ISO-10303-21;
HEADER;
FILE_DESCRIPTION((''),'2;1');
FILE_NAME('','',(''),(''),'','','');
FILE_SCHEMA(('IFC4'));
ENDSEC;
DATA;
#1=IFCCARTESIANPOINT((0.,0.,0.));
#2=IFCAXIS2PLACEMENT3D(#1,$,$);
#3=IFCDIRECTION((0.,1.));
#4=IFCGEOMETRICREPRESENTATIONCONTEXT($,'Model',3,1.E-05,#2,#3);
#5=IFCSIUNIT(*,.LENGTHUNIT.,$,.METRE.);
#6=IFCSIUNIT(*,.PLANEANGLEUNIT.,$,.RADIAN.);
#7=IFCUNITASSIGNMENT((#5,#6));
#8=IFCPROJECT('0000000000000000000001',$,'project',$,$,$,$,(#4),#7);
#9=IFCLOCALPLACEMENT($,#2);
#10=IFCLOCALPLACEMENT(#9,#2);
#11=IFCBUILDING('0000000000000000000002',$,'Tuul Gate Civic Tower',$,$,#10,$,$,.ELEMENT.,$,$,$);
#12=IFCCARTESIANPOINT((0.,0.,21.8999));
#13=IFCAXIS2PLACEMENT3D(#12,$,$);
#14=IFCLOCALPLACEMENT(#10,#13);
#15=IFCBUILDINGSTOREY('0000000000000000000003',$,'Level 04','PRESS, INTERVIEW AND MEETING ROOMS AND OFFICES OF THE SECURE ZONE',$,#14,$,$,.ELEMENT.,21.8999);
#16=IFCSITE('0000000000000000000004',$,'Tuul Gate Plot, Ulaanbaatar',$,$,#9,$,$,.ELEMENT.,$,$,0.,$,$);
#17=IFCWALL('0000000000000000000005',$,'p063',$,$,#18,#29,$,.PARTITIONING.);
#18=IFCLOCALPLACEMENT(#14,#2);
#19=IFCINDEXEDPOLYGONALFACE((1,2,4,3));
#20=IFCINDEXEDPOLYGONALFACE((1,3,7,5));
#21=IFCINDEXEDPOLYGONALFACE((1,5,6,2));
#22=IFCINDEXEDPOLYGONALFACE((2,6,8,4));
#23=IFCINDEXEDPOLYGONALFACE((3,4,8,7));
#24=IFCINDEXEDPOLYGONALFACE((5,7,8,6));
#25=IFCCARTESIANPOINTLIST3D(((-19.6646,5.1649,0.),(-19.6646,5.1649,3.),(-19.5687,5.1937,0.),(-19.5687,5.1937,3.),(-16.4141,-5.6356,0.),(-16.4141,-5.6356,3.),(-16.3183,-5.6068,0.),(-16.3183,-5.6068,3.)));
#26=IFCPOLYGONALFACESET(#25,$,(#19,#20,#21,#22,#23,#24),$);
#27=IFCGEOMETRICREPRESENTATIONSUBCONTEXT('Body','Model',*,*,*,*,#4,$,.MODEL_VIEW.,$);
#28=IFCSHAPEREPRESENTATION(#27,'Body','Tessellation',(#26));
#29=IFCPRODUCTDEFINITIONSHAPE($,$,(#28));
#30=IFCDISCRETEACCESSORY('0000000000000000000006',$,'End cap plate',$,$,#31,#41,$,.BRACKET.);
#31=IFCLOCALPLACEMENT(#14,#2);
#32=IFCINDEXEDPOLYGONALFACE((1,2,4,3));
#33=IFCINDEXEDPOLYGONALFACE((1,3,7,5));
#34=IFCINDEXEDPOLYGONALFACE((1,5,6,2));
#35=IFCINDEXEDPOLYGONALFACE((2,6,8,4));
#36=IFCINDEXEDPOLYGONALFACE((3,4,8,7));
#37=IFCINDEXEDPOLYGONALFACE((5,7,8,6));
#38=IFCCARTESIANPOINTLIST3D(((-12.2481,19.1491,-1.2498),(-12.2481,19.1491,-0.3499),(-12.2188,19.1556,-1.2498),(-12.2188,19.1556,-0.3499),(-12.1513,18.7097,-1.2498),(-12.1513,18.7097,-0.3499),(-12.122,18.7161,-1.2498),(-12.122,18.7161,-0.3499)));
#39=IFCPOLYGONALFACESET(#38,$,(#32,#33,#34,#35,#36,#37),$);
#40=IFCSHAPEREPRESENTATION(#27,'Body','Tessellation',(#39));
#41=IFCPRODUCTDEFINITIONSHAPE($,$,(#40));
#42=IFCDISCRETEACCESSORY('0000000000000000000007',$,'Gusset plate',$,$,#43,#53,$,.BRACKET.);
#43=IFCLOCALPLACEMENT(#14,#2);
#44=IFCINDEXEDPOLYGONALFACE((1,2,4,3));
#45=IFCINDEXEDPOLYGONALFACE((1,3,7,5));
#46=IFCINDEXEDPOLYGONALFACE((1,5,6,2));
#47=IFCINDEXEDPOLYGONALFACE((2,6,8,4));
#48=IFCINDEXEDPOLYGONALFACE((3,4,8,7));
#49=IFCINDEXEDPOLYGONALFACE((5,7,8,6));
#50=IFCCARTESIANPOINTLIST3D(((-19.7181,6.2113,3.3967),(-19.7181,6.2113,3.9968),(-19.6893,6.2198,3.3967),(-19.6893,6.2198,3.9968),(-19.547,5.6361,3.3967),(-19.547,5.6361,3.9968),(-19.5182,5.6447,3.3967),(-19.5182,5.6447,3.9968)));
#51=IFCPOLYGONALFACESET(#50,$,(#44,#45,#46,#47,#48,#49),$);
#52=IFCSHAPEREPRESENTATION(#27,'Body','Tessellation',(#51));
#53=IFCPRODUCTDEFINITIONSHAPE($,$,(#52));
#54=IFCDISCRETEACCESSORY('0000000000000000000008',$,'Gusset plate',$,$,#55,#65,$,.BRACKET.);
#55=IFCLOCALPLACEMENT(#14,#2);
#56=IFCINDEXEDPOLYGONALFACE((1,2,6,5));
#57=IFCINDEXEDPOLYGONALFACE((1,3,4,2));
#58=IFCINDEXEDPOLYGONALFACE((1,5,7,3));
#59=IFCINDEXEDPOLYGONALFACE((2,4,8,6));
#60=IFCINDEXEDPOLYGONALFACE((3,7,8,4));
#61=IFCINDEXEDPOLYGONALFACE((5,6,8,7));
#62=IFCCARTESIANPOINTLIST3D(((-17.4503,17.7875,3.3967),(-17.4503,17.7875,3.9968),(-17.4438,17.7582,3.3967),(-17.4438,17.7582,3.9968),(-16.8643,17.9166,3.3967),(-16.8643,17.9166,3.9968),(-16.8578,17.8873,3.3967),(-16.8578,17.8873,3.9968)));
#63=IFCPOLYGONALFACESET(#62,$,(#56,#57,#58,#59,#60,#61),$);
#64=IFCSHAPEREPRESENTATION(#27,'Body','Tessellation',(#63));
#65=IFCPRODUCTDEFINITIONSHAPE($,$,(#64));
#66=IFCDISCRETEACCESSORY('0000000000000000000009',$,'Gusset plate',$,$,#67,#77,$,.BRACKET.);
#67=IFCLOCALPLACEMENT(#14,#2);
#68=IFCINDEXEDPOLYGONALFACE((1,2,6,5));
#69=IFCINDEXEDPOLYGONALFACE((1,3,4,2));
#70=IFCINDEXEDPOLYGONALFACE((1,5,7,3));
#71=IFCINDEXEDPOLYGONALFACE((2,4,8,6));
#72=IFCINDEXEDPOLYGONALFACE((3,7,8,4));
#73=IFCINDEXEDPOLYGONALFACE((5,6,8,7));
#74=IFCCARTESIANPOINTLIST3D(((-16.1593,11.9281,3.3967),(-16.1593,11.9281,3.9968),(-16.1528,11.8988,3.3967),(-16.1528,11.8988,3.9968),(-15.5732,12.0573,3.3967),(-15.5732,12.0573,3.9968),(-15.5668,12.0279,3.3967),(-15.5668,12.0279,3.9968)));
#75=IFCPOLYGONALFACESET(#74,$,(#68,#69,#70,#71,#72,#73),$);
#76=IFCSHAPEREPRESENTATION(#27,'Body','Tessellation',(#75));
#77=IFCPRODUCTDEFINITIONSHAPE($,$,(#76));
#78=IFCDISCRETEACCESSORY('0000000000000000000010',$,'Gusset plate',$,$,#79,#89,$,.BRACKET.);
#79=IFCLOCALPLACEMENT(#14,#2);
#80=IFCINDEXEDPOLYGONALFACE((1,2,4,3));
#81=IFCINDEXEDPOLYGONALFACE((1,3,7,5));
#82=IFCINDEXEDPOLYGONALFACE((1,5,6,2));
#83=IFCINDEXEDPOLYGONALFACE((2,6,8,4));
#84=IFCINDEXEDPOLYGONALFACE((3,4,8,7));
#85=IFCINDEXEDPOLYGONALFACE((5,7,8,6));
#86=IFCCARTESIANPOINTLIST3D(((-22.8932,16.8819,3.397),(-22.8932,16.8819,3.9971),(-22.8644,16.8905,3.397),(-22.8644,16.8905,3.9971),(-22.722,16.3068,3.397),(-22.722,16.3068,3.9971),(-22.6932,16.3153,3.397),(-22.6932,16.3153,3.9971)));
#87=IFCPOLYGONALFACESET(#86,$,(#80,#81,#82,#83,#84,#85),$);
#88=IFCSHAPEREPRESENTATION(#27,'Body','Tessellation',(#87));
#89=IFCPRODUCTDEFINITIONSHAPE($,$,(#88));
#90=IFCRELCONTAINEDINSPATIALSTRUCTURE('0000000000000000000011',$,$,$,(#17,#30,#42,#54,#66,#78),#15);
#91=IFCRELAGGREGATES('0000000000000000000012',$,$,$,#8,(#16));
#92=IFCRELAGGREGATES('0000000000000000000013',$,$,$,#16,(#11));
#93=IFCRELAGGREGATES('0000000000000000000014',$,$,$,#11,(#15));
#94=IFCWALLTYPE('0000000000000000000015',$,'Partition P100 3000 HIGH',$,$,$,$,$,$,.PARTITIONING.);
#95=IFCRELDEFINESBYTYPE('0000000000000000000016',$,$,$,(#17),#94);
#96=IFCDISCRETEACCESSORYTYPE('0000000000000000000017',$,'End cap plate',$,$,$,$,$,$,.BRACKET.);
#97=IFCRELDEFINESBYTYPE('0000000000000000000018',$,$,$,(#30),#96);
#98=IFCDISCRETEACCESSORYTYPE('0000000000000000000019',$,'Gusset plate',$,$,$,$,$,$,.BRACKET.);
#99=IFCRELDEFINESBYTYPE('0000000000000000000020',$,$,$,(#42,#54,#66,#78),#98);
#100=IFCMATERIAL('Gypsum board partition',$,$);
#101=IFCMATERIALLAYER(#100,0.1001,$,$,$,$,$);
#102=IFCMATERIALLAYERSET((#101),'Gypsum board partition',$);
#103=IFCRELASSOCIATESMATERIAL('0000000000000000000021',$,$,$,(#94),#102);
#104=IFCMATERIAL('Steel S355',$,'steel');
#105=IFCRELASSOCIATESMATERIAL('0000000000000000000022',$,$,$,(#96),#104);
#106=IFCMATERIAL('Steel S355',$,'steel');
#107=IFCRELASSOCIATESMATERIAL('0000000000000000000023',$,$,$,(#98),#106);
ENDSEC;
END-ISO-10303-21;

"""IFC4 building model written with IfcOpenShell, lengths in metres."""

from ifc_helpers import new_model, si_unit, direction, frame, frame_2d, origin, origin_2d, place, context, subcontext, project, spatial, rectangle, extrude, material, layer, layer_set, type_object, element, save


model = new_model("IFC4")

# Units and contexts
model_context = context("Model", 3, precision=1e-05, world=origin(), true_north=direction((0.0, 1.0)))
body_context = subcontext(model_context, "Body", "Model", "MODEL_VIEW")
ifc_project = project(units=[si_unit("LENGTHUNIT", "METRE"), si_unit("PLANEANGLEUNIT", "RADIAN")], contexts=[model_context])

# Site, building, storey
site_placement = place(None, origin())
site = spatial("IfcSite", under=ifc_project, at=site_placement, Name="Tuul Gate Plot, Ulaanbaatar", CompositionType="ELEMENT", RefElevation=0.0)
building_placement = place(site_placement, origin())
building = spatial("IfcBuilding", under=site, at=building_placement, Name="Tuul Gate Civic Tower", CompositionType="ELEMENT")
storey_placement = place(building_placement, frame((0.0, 0.0, 21.8999)))
storey = spatial("IfcBuildingStorey", under=building, at=storey_placement, Name="Level 04", Description="PRESS, INTERVIEW AND MEETING ROOMS AND OFFICES OF THE SECURE ZONE", CompositionType="ELEMENT", Elevation=21.8999)

# Wall
ifc_material_1 = material(Name="Gypsum board partition")
ifc_layer_1 = layer(ifc_material_1, 0.1001)
ifc_layer_set_1 = layer_set([ifc_layer_1], Name="Gypsum board partition")
wall_type_1 = type_object("IfcWallType", Name="Partition P100 3000 HIGH", PredefinedType="PARTITIONING", material=ifc_layer_set_1)
wall_1_placement = place(storey_placement, frame((-19.6167, 5.1794, 0.0), z_axis=(0.0, 0.0, 1.0), x_axis=(0.288188, -0.957574, 0.0)))
element("IfcWall", 1, at=wall_1_placement, inside=storey, type_object=wall_type_1, Name="p063", PredefinedType="PARTITIONING", context=body_context, shape_type="SweptSolid", body=[
    extrude(rectangle(XDim=11.2791, YDim=0.1001, at=frame_2d((5.6396, 0.0))), origin(), (0.0, 0.0, 1.0), 3.0),
])

# Discrete accessories
ifc_material_2 = material(Name="Steel S355", Category="steel")
discrete_accessory_type_1 = type_object("IfcDiscreteAccessoryType", Name="End cap plate", PredefinedType="BRACKET", material=ifc_material_2)
discrete_accessory_placement = place(storey_placement, frame((-12.1851, 18.9326, -1.2498), z_axis=(0.0, 0.0, 1.0), x_axis=(-0.976567, -0.215215, 0.0)))
element("IfcDiscreteAccessory", 2, at=discrete_accessory_placement, inside=storey, type_object=discrete_accessory_type_1, Name="End cap plate", PredefinedType="BRACKET", context=body_context, shape_type="SweptSolid", body=[
    extrude(rectangle(XDim=0.03, YDim=0.45, at=origin_2d()), origin(), (0.0, 0.0, 1.0), 0.8999),
])
ifc_material_3 = material(Name="Steel S355", Category="steel")
discrete_accessory_type_2 = type_object("IfcDiscreteAccessoryType", Name="Gusset plate", PredefinedType="BRACKET", material=ifc_material_3)
for number, where, z_axis, x_axis, name in (
    (3, (-19.6182, 5.928, 3.3967), (0.0, 0.0, 1.0), (-0.285196, 0.958469, 0.0), "Gusset plate"),
    (4, (-17.1541, 17.8374, 3.3967), (0.0, 0.0, 1.0), (0.976567, 0.215215, 0.0), "Gusset plate"),
    (5, (-15.863, 11.978, 3.3967), (0.0, 0.0, 1.0), (0.976569, 0.215205, 0.0), "Gusset plate"),
    (6, (-22.7932, 16.5986, 3.397), (0.0, 0.0, 1.0), (0.285196, -0.958469, 0.0), "Gusset plate"),
):
    element("IfcDiscreteAccessory", number, at=place(storey_placement, frame(where, z_axis=z_axis, x_axis=x_axis)), inside=storey, type_object=discrete_accessory_type_2, Name=name, PredefinedType="BRACKET", context=body_context, shape_type="SweptSolid", body=[
        extrude(rectangle(XDim=0.6001, YDim=0.03, at=origin_2d()), origin(), (0.0, 0.0, 1.0), 0.6001),
    ])

save(model, "model.ifc")
